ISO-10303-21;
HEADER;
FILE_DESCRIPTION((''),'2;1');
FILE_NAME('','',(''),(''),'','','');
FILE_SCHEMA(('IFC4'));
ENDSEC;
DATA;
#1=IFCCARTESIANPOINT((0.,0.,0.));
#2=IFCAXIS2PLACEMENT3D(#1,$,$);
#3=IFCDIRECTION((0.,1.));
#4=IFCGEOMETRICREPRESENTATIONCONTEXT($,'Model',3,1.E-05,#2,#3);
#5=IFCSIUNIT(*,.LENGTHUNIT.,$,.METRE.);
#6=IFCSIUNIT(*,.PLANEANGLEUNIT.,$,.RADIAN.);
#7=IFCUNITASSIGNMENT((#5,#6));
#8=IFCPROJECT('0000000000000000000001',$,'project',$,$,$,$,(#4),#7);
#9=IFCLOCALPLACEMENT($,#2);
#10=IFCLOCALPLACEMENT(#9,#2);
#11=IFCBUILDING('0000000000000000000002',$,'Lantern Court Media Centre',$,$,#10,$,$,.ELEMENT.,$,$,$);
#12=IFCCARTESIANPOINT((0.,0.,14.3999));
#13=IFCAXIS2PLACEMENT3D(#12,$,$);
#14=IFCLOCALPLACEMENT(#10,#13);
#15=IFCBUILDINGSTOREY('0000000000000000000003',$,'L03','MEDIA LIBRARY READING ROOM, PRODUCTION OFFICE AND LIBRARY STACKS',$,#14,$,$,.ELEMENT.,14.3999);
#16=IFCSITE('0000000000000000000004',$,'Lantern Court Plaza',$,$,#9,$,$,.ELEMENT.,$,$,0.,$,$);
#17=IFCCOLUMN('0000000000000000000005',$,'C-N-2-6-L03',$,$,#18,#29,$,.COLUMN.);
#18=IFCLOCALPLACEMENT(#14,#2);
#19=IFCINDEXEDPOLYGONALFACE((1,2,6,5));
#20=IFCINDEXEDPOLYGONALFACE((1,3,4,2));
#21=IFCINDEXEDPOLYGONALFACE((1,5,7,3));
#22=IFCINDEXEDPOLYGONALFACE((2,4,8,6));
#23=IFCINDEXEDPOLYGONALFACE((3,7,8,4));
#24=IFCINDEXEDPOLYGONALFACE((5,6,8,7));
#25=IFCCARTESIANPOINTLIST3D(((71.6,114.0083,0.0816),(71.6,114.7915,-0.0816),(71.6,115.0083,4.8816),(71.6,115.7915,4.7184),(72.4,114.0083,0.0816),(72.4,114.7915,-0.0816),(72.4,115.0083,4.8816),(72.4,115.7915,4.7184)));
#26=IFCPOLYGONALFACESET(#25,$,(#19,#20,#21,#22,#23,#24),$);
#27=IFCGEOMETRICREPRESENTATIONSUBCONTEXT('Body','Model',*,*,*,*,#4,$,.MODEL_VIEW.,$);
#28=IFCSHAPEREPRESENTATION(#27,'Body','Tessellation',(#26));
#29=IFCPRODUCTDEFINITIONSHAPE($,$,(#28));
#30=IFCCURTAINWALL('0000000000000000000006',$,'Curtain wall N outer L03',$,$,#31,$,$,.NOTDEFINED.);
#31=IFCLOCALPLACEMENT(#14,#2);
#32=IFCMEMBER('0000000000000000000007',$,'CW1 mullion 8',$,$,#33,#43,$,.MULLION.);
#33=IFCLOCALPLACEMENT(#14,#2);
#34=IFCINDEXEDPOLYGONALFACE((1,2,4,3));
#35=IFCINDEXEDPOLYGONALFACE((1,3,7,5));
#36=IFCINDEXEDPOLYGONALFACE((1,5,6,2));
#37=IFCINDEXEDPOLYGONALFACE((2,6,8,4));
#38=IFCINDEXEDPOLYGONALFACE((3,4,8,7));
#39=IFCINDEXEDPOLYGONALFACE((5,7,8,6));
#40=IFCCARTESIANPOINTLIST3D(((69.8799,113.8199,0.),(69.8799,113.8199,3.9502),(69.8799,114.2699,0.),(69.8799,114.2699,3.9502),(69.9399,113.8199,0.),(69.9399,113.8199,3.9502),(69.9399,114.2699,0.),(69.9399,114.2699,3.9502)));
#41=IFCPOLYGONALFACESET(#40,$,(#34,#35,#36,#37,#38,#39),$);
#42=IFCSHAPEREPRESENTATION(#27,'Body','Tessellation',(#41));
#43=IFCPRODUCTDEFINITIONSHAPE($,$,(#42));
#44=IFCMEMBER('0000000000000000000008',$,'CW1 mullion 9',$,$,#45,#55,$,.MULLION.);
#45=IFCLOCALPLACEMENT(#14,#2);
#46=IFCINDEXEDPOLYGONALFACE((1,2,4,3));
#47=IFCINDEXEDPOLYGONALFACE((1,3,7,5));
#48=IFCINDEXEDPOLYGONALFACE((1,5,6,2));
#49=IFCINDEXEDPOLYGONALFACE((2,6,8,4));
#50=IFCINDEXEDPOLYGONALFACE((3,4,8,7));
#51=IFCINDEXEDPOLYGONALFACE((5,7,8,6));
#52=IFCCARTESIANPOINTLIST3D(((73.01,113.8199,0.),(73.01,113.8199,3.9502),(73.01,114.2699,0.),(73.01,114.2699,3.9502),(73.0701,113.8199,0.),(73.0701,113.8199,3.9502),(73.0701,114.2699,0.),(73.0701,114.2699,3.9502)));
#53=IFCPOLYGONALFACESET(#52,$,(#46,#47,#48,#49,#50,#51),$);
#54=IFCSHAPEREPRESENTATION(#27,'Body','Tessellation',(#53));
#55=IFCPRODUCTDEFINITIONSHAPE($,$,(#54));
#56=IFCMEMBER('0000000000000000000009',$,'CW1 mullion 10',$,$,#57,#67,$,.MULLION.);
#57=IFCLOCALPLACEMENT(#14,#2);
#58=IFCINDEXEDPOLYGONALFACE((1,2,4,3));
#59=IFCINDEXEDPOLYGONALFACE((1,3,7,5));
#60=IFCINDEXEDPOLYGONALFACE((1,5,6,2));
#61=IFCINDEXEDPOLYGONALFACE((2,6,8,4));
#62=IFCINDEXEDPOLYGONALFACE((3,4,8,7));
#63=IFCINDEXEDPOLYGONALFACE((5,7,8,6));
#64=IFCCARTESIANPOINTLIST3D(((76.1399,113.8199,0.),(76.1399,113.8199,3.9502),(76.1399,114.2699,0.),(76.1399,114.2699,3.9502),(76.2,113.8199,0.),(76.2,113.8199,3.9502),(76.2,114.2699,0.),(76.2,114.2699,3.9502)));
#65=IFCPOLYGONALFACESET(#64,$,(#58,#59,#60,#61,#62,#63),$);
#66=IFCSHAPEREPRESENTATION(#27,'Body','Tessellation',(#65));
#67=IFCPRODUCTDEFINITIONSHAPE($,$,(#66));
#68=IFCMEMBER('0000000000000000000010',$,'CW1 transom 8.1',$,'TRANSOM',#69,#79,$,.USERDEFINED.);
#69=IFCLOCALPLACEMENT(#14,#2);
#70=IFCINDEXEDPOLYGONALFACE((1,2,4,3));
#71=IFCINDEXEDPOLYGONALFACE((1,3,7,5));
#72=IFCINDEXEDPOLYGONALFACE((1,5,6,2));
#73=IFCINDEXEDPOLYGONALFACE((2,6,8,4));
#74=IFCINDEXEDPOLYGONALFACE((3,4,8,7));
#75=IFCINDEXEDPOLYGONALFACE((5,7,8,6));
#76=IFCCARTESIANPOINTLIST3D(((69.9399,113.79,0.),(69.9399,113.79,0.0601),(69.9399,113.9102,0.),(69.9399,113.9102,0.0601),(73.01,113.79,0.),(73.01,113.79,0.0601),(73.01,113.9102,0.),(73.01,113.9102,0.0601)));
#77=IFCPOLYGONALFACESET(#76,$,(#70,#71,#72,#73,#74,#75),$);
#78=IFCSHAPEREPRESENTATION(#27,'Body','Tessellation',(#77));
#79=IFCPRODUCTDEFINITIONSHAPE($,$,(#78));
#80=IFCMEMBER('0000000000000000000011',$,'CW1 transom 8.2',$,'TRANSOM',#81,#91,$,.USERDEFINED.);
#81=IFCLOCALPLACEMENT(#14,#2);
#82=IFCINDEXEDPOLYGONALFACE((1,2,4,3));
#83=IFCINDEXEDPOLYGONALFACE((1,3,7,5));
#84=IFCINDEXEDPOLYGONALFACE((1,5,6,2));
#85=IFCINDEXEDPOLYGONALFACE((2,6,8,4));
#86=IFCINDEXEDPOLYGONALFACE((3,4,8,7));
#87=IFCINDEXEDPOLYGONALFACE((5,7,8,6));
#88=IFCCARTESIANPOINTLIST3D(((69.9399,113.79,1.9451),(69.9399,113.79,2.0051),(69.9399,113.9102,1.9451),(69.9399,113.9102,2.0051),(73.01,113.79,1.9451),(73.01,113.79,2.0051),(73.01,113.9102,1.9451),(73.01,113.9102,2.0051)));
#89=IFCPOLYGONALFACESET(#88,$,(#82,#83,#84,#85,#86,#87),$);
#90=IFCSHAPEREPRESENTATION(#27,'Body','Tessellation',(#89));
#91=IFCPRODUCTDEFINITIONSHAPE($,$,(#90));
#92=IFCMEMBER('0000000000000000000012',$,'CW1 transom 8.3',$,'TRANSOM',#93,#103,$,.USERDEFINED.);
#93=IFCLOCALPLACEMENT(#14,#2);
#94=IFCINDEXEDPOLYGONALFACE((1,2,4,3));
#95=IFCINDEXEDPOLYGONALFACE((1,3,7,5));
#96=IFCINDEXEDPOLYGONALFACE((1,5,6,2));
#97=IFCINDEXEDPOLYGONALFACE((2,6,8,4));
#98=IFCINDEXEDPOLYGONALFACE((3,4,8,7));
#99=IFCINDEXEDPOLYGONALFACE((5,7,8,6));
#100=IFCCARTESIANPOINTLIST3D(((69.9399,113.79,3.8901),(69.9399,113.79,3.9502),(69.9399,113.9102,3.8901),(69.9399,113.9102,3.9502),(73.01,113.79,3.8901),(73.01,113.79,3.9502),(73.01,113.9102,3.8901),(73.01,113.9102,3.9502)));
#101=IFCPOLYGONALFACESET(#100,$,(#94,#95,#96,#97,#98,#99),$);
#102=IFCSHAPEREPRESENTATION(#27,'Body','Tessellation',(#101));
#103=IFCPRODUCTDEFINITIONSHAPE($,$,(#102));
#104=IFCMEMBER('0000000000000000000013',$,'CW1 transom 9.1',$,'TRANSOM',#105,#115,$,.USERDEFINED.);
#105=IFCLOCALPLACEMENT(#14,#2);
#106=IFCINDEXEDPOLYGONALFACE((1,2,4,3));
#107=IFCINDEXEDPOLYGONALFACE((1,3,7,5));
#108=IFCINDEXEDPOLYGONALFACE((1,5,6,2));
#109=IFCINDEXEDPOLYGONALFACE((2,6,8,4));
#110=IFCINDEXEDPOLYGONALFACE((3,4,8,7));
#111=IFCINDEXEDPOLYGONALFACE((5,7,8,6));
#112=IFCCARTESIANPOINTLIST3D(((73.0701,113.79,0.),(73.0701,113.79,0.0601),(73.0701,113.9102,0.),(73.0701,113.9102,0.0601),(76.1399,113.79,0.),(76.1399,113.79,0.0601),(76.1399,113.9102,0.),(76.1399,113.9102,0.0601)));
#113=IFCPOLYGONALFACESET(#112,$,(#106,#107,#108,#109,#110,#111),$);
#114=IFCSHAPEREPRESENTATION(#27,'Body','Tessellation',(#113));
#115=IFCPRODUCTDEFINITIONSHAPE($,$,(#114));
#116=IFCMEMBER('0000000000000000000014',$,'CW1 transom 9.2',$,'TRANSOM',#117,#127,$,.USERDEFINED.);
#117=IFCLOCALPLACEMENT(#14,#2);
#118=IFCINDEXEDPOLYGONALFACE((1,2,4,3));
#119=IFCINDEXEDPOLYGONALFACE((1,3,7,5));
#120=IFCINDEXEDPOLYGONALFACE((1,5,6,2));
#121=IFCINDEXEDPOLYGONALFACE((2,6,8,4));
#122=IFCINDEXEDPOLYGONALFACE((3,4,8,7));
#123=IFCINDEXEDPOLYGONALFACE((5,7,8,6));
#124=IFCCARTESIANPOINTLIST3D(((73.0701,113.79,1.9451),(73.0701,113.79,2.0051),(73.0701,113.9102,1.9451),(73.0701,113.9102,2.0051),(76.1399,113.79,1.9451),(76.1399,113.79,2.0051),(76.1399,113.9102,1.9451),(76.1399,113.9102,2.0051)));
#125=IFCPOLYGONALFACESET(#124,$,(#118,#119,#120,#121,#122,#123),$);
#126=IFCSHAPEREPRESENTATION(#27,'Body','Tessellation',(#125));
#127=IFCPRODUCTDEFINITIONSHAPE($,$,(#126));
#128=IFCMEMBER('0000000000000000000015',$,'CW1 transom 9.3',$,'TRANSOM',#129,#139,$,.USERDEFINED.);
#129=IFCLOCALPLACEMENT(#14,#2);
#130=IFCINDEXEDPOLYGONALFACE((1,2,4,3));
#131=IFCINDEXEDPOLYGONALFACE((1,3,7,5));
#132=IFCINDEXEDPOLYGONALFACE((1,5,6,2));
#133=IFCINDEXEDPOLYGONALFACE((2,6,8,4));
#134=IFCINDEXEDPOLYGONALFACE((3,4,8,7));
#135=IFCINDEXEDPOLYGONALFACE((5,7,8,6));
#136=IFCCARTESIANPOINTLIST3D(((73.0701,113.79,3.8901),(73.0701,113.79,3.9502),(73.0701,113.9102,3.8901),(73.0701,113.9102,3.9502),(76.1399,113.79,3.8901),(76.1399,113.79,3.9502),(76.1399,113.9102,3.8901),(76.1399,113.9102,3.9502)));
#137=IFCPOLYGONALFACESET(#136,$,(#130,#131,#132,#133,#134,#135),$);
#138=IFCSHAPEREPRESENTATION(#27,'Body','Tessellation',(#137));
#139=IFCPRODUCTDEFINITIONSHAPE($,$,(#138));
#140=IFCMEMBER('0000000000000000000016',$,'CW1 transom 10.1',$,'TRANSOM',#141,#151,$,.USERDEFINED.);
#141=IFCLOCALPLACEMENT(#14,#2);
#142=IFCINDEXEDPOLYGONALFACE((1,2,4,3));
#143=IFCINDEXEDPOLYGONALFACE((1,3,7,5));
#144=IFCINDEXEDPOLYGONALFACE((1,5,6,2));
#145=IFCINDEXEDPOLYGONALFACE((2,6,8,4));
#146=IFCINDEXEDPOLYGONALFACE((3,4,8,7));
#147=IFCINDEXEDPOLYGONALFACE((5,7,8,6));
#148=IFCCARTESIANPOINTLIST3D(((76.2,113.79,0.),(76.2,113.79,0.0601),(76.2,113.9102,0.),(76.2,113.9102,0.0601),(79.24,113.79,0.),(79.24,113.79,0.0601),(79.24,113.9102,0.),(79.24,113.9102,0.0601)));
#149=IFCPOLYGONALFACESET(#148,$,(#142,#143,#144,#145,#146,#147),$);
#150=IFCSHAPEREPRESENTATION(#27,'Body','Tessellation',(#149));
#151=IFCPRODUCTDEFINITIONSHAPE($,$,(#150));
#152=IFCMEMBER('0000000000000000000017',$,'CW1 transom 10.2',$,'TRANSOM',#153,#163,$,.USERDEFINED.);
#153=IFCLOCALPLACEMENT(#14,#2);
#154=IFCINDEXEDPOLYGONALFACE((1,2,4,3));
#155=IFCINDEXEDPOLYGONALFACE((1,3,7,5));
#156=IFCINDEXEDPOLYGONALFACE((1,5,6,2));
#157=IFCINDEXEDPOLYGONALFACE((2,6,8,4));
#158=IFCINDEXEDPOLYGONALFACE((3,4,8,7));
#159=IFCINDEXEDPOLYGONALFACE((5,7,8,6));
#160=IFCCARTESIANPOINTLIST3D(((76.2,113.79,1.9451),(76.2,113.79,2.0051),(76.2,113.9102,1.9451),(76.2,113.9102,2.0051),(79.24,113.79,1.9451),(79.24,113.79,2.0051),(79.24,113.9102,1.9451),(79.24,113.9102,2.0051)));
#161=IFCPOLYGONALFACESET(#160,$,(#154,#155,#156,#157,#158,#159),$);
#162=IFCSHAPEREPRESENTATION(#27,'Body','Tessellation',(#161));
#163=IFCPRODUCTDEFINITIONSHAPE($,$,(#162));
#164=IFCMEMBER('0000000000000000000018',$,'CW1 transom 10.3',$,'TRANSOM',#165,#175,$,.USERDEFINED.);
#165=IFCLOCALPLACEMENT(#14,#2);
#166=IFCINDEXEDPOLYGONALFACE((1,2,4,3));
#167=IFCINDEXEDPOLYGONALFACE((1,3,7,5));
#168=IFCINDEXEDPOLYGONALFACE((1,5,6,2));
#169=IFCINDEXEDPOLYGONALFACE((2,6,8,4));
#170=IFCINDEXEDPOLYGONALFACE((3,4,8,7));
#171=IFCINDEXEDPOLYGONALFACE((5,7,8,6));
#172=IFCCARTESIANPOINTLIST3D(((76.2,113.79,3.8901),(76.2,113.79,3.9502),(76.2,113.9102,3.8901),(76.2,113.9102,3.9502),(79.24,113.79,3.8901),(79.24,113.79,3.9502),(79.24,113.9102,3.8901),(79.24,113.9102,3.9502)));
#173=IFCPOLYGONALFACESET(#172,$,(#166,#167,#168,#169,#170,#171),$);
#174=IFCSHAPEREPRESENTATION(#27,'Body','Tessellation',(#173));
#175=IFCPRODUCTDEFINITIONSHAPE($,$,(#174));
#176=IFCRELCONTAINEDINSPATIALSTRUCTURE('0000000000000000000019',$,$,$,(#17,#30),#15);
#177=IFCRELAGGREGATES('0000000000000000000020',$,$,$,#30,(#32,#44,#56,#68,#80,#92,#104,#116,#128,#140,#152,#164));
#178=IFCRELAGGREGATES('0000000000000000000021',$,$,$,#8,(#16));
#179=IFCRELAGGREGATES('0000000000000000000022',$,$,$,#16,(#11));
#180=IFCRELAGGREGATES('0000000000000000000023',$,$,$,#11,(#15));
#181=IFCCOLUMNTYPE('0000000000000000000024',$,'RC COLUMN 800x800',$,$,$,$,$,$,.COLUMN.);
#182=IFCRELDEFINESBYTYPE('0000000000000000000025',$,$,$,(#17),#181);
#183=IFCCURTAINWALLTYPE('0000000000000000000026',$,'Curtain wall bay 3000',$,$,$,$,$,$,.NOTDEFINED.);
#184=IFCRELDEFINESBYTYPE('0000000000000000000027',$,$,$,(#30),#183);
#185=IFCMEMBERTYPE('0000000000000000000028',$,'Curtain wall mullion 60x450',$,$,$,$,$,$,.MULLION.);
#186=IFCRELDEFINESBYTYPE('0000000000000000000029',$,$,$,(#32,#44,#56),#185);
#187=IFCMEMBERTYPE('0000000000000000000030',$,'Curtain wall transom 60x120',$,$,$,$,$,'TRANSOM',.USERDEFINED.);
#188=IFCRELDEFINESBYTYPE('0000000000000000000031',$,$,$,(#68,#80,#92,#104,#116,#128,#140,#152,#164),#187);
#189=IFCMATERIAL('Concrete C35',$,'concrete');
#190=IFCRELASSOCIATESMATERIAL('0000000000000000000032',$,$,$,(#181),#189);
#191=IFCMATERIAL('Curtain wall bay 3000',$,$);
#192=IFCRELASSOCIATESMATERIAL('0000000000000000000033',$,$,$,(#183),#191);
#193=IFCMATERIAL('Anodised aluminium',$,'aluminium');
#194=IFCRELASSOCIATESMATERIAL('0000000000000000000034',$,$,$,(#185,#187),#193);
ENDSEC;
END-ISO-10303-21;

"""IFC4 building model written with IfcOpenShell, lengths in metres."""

from ifc_helpers import new_model, si_unit, direction, frame, origin, origin_2d, place, context, subcontext, project, spatial, rectangle, extrude, material, material_profile, profile_set, type_object, element, aggregate, save


model = new_model("IFC4")

# Units and contexts
model_context = context("Model", 3, precision=1e-05, world=origin(), true_north=direction((0.0, 1.0)))
body_context = subcontext(model_context, "Body", "Model", "MODEL_VIEW")
ifc_project = project(units=[si_unit("LENGTHUNIT", "METRE"), si_unit("PLANEANGLEUNIT", "RADIAN")], contexts=[model_context])

# Site, building, storey
site_placement = place(None, origin())
site = spatial("IfcSite", under=ifc_project, at=site_placement, Name="Lantern Court Plaza", CompositionType="ELEMENT", RefElevation=0.0)
building_placement = place(site_placement, origin())
building = spatial("IfcBuilding", under=site, at=building_placement, Name="Lantern Court Media Centre", CompositionType="ELEMENT")
storey_placement = place(building_placement, frame((0.0, 0.0, 14.3999)))
storey = spatial("IfcBuildingStorey", under=building, at=storey_placement, Name="L03", Description="MEDIA LIBRARY READING ROOM, PRODUCTION OFFICE AND LIBRARY STACKS", CompositionType="ELEMENT", Elevation=14.3999)

# Column
ifc_material_1 = material(Name="Concrete C35", Category="concrete")
ifc_material_profile_1 = material_profile(ifc_material_1, rectangle(XDim=0.8, YDim=0.8, at=origin_2d()), Name="RC 800x800")
ifc_profile_set_1 = profile_set([ifc_material_profile_1], Name="Concrete C35")
column_type = type_object("IfcColumnType", Name="RC COLUMN 800x800", PredefinedType="COLUMN", material=ifc_profile_set_1)
column_placement = place(storey_placement, frame((72.0, 114.3999, 0.0), z_axis=(0.0, 0.203952, 0.978981), x_axis=(-1.0, 0.0, 0.0)))
element("IfcColumn", 1, at=column_placement, inside=storey, type_object=column_type, Name="C-N-2-6-L03", PredefinedType="COLUMN", context=body_context, shape_type="SweptSolid", body=[
    extrude(rectangle(XDim=0.8, YDim=0.8, at=origin_2d()), origin(), (0.0, 0.0, 1.0), 4.9031),
])

# Curtain wall, members
ifc_material_2 = material(Name="Curtain wall bay 3000")
curtain_wall_type = type_object("IfcCurtainWallType", Name="Curtain wall bay 3000", PredefinedType="NOTDEFINED", material=ifc_material_2)
curtain_wall_placement = place(storey_placement, origin())
curtain_wall = element("IfcCurtainWall", 2, at=curtain_wall_placement, inside=storey, type_object=curtain_wall_type, Name="Curtain wall N outer L03", PredefinedType="NOTDEFINED")
ifc_material_3 = material(Name="Anodised aluminium", Category="aluminium")
ifc_material_profile_2 = material_profile(ifc_material_3, rectangle(XDim=0.45, YDim=0.0601, at=origin_2d()), Name="AL 60x450")
ifc_profile_set_2 = profile_set([ifc_material_profile_2], Name="Anodised aluminium")
member_type_1 = type_object("IfcMemberType", Name="Curtain wall mullion 60x450", PredefinedType="MULLION", material=ifc_profile_set_2)
member_1_placement = place(storey_placement, frame((69.9099, 114.0449, 0.0), z_axis=(0.0, 0.0, 1.0), x_axis=(0.0, 1.0, 0.0)))
member_1 = element("IfcMember", 3, at=member_1_placement, type_object=member_type_1, Name="CW1 mullion 8", PredefinedType="MULLION", context=body_context, shape_type="SweptSolid", body=[
    extrude(rectangle(XDim=0.45, YDim=0.0601, at=origin_2d()), origin(), (0.0, 0.0, 1.0), 3.9502),
])
member_2_placement = place(storey_placement, frame((73.04, 114.0449, 0.0), z_axis=(0.0, 0.0, 1.0), x_axis=(0.0, 1.0, 0.0)))
member_2 = element("IfcMember", 4, at=member_2_placement, type_object=member_type_1, Name="CW1 mullion 9", PredefinedType="MULLION", context=body_context, shape_type="SweptSolid", body=[
    extrude(rectangle(XDim=0.45, YDim=0.0601, at=origin_2d()), origin(), (0.0, 0.0, 1.0), 3.9502),
])
member_3_placement = place(storey_placement, frame((76.1699, 114.0449, 0.0), z_axis=(0.0, 0.0, 1.0), x_axis=(0.0, 1.0, 0.0)))
member_3 = element("IfcMember", 5, at=member_3_placement, type_object=member_type_1, Name="CW1 mullion 10", PredefinedType="MULLION", context=body_context, shape_type="SweptSolid", body=[
    extrude(rectangle(XDim=0.45, YDim=0.0601, at=origin_2d()), origin(), (0.0, 0.0, 1.0), 3.9502),
])
ifc_material_profile_3 = material_profile(ifc_material_3, rectangle(XDim=0.1201, YDim=0.0601, at=origin_2d()), Name="AL 60x120")
ifc_profile_set_3 = profile_set([ifc_material_profile_3], Name="Anodised aluminium")
member_type_2 = type_object("IfcMemberType", Name="Curtain wall transom 60x120", ElementType="TRANSOM", PredefinedType="USERDEFINED", material=ifc_profile_set_3)
member_4_placement = place(storey_placement, frame((69.9399, 113.8501, 0.03), z_axis=(1.0, 0.0, 0.0), x_axis=(0.0, 1.0, 0.0)))
member_4 = element("IfcMember", 6, at=member_4_placement, type_object=member_type_2, Name="CW1 transom 8.1", ObjectType="TRANSOM", PredefinedType="USERDEFINED", context=body_context, shape_type="SweptSolid", body=[
    extrude(rectangle(XDim=0.1201, YDim=0.0601, at=origin_2d()), origin(), (0.0, 0.0, 1.0), 3.0701),
])
member_5_placement = place(storey_placement, frame((69.9399, 113.8501, 1.9751), z_axis=(1.0, 0.0, 0.0), x_axis=(0.0, 1.0, 0.0)))
member_5 = element("IfcMember", 7, at=member_5_placement, type_object=member_type_2, Name="CW1 transom 8.2", ObjectType="TRANSOM", PredefinedType="USERDEFINED", context=body_context, shape_type="SweptSolid", body=[
    extrude(rectangle(XDim=0.1201, YDim=0.0601, at=origin_2d()), origin(), (0.0, 0.0, 1.0), 3.0701),
])
member_6_placement = place(storey_placement, frame((69.9399, 113.8501, 3.9202), z_axis=(1.0, 0.0, 0.0), x_axis=(0.0, 1.0, 0.0)))
member_6 = element("IfcMember", 8, at=member_6_placement, type_object=member_type_2, Name="CW1 transom 8.3", ObjectType="TRANSOM", PredefinedType="USERDEFINED", context=body_context, shape_type="SweptSolid", body=[
    extrude(rectangle(XDim=0.1201, YDim=0.0601, at=origin_2d()), origin(), (0.0, 0.0, 1.0), 3.0701),
])
member_7_placement = place(storey_placement, frame((73.0701, 113.8501, 0.03), z_axis=(1.0, 0.0, 0.0), x_axis=(0.0, 1.0, 0.0)))
member_7 = element("IfcMember", 9, at=member_7_placement, type_object=member_type_2, Name="CW1 transom 9.1", ObjectType="TRANSOM", PredefinedType="USERDEFINED", context=body_context, shape_type="SweptSolid", body=[
    extrude(rectangle(XDim=0.1201, YDim=0.0601, at=origin_2d()), origin(), (0.0, 0.0, 1.0), 3.0698),
])
member_8_placement = place(storey_placement, frame((73.0701, 113.8501, 1.9751), z_axis=(1.0, 0.0, 0.0), x_axis=(0.0, 1.0, 0.0)))
member_8 = element("IfcMember", 10, at=member_8_placement, type_object=member_type_2, Name="CW1 transom 9.2", ObjectType="TRANSOM", PredefinedType="USERDEFINED", context=body_context, shape_type="SweptSolid", body=[
    extrude(rectangle(XDim=0.1201, YDim=0.0601, at=origin_2d()), origin(), (0.0, 0.0, 1.0), 3.0698),
])
member_9_placement = place(storey_placement, frame((73.0701, 113.8501, 3.9202), z_axis=(1.0, 0.0, 0.0), x_axis=(0.0, 1.0, 0.0)))
member_9 = element("IfcMember", 11, at=member_9_placement, type_object=member_type_2, Name="CW1 transom 9.3", ObjectType="TRANSOM", PredefinedType="USERDEFINED", context=body_context, shape_type="SweptSolid", body=[
    extrude(rectangle(XDim=0.1201, YDim=0.0601, at=origin_2d()), origin(), (0.0, 0.0, 1.0), 3.0698),
])
member_10_placement = place(storey_placement, frame((76.2, 113.8501, 0.03), z_axis=(1.0, 0.0, 0.0), x_axis=(0.0, 1.0, 0.0)))
member_10 = element("IfcMember", 12, at=member_10_placement, type_object=member_type_2, Name="CW1 transom 10.1", ObjectType="TRANSOM", PredefinedType="USERDEFINED", context=body_context, shape_type="SweptSolid", body=[
    extrude(rectangle(XDim=0.1201, YDim=0.0601, at=origin_2d()), origin(), (0.0, 0.0, 1.0), 3.04),
])
member_11_placement = place(storey_placement, frame((76.2, 113.8501, 1.9751), z_axis=(1.0, 0.0, 0.0), x_axis=(0.0, 1.0, 0.0)))
member_11 = element("IfcMember", 13, at=member_11_placement, type_object=member_type_2, Name="CW1 transom 10.2", ObjectType="TRANSOM", PredefinedType="USERDEFINED", context=body_context, shape_type="SweptSolid", body=[
    extrude(rectangle(XDim=0.1201, YDim=0.0601, at=origin_2d()), origin(), (0.0, 0.0, 1.0), 3.04),
])
member_12_placement = place(storey_placement, frame((76.2, 113.8501, 3.9202), z_axis=(1.0, 0.0, 0.0), x_axis=(0.0, 1.0, 0.0)))
member_12 = element("IfcMember", 14, at=member_12_placement, type_object=member_type_2, Name="CW1 transom 10.3", ObjectType="TRANSOM", PredefinedType="USERDEFINED", context=body_context, shape_type="SweptSolid", body=[
    extrude(rectangle(XDim=0.1201, YDim=0.0601, at=origin_2d()), origin(), (0.0, 0.0, 1.0), 3.04),
])

aggregate(curtain_wall, [member_1, member_2, member_3, member_4, member_5, member_6, member_7, member_8, member_9, member_10, member_11, member_12])

save(model, "model.ifc")
